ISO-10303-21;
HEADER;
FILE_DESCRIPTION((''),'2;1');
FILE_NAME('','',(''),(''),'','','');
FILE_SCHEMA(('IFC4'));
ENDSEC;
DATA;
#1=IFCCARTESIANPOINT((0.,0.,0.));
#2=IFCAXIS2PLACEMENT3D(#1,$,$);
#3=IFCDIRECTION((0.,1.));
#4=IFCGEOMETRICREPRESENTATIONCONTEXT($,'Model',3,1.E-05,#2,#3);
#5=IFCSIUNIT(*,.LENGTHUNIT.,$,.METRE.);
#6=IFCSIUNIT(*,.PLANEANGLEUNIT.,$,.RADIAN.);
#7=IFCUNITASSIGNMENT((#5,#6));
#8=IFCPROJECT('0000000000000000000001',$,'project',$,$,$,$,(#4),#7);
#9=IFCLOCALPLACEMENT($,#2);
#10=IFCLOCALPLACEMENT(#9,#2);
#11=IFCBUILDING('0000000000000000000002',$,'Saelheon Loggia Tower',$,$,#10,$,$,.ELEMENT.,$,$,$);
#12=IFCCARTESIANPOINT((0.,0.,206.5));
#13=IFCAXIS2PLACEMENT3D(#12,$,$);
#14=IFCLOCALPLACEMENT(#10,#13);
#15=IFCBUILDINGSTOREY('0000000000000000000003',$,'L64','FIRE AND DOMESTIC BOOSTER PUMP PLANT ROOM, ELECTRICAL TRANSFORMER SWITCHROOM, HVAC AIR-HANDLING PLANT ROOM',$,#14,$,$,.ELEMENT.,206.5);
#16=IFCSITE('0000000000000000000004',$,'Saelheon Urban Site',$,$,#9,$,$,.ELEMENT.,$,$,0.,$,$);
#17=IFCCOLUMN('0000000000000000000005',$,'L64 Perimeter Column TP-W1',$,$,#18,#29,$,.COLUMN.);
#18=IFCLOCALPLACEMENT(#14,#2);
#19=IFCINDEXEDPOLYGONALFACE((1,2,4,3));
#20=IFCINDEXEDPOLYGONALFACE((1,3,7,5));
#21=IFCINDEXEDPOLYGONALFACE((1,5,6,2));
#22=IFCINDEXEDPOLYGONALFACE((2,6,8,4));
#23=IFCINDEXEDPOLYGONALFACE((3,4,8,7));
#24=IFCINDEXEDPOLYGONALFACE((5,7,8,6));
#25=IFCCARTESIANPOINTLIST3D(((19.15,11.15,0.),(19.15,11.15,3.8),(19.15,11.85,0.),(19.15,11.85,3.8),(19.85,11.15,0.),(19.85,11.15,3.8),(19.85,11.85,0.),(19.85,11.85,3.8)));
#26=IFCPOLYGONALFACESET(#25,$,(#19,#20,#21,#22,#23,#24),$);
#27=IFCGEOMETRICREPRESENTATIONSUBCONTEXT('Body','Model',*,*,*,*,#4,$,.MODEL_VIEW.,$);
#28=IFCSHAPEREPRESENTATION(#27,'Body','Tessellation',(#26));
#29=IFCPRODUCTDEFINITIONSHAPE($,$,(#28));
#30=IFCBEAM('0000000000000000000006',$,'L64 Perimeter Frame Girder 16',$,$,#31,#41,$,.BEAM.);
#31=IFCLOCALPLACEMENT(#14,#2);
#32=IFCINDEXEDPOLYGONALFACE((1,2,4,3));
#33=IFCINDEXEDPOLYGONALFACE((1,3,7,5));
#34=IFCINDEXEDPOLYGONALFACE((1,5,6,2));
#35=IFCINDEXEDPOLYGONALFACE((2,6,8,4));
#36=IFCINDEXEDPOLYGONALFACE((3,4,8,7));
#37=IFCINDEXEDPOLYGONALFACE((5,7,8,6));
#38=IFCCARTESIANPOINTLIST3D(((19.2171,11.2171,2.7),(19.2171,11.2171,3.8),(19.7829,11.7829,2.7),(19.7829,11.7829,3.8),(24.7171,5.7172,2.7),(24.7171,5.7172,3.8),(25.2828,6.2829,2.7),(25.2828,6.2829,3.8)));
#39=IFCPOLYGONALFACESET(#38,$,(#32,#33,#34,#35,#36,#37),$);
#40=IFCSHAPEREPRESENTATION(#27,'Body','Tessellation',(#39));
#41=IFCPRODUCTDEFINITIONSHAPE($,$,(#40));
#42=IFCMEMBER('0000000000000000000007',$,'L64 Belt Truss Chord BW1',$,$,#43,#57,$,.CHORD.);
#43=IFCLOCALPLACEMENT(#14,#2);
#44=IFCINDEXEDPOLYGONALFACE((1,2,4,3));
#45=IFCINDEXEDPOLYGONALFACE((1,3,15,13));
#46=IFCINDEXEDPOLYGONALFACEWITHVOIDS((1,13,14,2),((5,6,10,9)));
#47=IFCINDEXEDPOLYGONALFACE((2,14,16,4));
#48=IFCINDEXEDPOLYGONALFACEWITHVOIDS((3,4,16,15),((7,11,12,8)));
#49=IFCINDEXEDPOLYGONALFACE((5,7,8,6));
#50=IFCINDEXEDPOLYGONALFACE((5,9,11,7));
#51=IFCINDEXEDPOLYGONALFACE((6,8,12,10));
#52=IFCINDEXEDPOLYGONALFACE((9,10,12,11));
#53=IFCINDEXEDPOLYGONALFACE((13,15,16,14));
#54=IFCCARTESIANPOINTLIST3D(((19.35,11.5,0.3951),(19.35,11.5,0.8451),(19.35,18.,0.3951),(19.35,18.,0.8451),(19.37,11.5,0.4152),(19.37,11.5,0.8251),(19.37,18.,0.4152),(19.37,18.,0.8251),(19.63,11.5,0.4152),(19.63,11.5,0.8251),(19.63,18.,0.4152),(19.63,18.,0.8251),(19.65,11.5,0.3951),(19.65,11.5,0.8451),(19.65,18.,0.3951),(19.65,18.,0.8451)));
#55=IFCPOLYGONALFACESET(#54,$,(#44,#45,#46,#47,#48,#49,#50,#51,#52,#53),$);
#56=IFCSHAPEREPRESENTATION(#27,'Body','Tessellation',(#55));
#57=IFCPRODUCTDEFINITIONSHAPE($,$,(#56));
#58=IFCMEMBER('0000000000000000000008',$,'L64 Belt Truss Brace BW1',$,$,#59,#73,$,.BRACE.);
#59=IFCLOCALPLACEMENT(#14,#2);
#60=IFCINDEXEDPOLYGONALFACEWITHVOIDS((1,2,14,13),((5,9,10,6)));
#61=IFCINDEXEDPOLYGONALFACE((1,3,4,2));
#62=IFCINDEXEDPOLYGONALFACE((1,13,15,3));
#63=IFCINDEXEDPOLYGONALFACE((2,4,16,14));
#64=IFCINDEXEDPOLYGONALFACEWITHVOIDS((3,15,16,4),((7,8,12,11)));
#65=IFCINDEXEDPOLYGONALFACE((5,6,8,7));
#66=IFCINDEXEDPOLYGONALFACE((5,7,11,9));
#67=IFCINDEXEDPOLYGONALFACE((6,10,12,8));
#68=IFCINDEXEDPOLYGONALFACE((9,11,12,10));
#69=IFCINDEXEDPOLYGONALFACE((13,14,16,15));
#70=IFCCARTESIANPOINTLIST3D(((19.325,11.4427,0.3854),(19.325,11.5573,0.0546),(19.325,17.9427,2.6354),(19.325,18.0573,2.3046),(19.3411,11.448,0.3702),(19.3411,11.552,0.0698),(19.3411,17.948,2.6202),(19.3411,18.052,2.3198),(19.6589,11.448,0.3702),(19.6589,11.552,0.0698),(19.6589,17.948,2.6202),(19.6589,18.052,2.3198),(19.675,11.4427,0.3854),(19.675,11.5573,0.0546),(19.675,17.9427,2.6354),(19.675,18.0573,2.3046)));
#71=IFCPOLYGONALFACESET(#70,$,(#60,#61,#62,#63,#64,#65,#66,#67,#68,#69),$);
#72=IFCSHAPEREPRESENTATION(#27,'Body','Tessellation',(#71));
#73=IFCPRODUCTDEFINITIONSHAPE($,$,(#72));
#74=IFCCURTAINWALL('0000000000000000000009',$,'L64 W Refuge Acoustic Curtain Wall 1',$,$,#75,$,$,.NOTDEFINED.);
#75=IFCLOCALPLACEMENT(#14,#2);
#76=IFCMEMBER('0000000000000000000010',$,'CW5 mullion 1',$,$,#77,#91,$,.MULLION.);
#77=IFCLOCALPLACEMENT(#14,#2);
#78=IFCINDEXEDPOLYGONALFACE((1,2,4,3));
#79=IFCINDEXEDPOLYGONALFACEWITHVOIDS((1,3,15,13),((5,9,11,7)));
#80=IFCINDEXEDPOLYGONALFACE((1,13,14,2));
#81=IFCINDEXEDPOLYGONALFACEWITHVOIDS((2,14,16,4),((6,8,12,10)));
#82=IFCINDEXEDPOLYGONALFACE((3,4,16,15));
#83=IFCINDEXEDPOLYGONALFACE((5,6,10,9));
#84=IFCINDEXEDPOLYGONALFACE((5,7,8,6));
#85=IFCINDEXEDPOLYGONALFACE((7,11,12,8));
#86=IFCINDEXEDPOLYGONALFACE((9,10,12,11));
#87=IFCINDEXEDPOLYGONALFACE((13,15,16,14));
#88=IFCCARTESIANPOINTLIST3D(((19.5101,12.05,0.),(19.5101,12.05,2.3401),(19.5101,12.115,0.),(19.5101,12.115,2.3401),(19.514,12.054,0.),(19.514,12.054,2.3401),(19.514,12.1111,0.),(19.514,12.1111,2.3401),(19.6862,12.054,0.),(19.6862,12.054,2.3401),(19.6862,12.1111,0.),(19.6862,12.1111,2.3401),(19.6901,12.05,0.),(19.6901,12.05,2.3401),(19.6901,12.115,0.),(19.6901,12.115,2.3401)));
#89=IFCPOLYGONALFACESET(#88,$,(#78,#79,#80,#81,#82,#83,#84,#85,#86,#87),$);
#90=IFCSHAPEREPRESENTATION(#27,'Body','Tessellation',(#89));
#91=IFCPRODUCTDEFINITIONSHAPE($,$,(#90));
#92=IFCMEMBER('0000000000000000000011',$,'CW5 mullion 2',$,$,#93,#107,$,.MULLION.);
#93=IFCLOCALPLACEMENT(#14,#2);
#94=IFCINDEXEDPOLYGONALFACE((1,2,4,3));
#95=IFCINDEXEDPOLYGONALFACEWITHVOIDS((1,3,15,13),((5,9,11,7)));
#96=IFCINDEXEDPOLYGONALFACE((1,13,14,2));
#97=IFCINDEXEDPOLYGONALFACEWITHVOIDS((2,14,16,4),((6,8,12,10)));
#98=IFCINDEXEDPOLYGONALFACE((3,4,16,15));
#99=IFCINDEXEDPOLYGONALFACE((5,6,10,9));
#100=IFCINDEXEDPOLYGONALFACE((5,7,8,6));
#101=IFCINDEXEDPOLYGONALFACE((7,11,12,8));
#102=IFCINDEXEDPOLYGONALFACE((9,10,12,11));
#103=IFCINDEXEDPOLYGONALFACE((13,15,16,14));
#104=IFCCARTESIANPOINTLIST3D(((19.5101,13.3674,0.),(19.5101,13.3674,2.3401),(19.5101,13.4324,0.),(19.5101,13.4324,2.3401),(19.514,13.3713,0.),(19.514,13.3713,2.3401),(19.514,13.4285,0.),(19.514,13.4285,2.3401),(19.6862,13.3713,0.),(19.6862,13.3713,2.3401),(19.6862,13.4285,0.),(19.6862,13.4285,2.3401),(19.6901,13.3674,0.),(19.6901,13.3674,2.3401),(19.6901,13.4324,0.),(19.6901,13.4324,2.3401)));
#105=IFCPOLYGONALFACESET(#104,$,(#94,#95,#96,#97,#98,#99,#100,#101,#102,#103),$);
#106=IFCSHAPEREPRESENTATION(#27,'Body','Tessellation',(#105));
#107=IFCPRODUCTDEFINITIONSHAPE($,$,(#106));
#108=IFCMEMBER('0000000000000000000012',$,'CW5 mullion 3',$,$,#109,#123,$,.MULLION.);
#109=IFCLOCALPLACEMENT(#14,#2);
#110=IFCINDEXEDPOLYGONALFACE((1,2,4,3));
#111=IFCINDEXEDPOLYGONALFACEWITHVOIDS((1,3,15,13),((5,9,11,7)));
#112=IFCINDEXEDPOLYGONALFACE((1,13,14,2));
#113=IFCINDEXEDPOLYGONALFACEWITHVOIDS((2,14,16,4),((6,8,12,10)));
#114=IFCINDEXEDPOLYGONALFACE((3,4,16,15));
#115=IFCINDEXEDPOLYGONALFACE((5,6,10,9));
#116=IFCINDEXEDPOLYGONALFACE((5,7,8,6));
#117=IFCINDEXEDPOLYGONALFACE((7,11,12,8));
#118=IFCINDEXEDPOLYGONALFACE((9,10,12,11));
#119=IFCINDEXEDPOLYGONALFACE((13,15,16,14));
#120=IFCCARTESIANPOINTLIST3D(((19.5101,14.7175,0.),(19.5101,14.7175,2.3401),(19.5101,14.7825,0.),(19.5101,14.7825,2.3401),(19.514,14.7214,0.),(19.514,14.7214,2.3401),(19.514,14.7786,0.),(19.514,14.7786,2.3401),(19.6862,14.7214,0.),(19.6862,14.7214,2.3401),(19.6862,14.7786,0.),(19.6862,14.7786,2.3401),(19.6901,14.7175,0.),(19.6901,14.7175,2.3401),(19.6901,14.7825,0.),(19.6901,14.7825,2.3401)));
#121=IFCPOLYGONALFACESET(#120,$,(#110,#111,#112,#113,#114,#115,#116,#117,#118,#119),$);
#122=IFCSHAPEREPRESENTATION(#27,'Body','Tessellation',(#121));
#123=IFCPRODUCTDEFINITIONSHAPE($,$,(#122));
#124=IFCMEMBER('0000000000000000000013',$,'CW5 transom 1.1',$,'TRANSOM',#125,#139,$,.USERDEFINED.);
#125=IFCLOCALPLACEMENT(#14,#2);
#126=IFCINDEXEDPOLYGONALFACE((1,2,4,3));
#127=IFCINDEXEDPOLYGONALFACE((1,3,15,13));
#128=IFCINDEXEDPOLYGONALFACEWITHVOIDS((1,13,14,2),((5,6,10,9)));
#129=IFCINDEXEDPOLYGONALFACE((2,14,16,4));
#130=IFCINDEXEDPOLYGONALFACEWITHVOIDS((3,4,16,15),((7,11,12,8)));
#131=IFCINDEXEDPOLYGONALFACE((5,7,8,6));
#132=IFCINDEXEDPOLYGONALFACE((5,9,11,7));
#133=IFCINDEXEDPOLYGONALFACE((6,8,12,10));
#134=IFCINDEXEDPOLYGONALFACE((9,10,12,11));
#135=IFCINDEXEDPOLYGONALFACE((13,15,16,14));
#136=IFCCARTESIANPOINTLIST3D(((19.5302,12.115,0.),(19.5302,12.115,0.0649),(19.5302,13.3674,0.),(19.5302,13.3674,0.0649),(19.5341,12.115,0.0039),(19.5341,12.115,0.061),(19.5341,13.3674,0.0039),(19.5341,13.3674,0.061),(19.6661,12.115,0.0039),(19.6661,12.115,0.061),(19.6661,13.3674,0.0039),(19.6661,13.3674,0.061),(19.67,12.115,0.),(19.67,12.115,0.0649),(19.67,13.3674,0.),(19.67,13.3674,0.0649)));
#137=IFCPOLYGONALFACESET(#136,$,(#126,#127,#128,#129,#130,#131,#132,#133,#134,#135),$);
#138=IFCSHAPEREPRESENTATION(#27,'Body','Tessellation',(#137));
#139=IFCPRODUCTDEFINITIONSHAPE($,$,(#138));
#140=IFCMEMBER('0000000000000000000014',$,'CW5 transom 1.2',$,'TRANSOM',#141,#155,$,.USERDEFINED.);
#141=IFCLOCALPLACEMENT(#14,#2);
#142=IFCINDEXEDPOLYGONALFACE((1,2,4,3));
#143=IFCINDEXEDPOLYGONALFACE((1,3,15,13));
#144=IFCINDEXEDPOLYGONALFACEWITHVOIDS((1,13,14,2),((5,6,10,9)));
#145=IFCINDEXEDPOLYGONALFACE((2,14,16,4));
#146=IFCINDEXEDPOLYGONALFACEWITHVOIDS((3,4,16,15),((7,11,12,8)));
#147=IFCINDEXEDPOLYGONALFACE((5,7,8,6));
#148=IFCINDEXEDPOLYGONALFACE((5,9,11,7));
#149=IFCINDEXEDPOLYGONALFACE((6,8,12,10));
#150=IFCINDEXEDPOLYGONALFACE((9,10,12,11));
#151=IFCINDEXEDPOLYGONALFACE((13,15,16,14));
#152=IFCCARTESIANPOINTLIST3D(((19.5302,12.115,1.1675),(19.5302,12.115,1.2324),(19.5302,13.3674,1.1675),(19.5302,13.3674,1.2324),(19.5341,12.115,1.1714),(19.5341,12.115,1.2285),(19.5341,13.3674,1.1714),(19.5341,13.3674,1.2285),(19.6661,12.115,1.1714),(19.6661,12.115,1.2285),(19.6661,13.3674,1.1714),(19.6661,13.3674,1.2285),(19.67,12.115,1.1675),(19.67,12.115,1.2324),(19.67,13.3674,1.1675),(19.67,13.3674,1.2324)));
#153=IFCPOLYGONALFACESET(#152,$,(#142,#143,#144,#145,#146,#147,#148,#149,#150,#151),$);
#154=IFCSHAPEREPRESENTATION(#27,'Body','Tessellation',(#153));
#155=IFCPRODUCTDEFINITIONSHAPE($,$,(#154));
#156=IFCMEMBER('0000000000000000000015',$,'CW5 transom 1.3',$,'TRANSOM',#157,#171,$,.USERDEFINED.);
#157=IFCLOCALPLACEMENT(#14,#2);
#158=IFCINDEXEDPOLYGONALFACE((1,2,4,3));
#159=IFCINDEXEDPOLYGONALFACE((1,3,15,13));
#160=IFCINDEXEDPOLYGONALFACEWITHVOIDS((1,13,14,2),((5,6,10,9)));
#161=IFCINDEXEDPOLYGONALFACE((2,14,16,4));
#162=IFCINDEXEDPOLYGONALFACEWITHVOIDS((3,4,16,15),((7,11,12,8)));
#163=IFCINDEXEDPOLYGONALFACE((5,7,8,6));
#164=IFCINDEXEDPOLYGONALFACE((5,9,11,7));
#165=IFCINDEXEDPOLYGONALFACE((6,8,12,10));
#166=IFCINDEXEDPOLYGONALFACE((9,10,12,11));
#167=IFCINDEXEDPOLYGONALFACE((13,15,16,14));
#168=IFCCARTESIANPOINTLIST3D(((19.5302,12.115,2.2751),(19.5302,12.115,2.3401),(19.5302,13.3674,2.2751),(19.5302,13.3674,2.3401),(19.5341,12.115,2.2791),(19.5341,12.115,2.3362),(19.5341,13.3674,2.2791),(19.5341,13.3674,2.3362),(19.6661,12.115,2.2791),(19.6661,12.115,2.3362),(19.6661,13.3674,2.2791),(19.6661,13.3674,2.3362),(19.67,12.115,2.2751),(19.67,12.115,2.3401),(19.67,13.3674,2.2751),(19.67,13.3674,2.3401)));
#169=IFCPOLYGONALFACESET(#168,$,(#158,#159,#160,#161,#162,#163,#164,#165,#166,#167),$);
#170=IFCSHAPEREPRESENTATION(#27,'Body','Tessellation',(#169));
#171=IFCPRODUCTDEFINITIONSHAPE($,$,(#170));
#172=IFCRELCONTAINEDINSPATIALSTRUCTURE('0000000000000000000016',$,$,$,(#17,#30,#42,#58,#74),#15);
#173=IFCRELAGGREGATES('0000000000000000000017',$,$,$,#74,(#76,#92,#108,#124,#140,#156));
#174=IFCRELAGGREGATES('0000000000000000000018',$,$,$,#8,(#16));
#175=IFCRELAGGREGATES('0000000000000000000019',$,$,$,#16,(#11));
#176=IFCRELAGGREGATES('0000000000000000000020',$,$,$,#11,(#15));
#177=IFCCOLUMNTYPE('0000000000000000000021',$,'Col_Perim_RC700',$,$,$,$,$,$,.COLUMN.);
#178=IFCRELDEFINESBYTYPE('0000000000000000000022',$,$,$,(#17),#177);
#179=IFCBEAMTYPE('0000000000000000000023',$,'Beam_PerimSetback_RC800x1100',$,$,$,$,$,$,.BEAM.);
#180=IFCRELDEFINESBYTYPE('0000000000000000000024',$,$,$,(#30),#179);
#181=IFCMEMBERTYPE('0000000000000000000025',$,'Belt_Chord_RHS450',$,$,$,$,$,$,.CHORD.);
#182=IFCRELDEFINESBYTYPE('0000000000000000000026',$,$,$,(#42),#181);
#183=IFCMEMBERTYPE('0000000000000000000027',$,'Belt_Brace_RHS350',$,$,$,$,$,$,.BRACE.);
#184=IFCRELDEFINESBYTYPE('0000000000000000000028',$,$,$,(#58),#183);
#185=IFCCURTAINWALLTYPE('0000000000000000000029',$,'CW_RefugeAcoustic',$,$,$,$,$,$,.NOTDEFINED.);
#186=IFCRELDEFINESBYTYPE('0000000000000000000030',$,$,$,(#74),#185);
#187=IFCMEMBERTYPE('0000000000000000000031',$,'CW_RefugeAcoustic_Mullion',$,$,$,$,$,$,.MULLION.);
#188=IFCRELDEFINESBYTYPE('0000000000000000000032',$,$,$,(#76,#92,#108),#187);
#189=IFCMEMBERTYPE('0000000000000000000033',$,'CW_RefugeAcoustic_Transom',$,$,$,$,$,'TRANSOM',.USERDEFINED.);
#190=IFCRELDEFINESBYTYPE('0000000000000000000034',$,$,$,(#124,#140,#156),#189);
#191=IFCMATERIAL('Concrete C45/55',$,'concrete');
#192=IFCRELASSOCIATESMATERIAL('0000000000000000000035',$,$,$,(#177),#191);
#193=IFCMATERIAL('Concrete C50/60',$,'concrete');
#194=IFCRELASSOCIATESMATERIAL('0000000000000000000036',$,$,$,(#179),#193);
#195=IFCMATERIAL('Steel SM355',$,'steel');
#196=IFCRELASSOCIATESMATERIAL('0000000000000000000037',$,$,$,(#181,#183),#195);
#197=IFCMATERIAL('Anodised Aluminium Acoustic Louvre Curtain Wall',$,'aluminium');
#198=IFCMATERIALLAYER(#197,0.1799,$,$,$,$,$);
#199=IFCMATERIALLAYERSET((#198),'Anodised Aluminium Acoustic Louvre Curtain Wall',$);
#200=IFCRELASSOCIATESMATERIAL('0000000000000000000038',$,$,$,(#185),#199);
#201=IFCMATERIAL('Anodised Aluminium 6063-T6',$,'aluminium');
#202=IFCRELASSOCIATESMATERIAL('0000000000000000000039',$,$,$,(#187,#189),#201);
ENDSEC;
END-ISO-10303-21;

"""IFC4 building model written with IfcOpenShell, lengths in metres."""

from ifc_helpers import new_model, si_unit, direction, frame, origin, origin_2d, place, context, subcontext, project, spatial, rectangle, hollow_rectangle, extrude, source, transform, mapped, material, layer, layer_set, material_profile, profile_set, type_object, element, aggregate, save


model = new_model("IFC4")

# Units and contexts
model_context = context("Model", 3, precision=1e-05, world=origin(), true_north=direction((0.0, 1.0)))
body_context = subcontext(model_context, "Body", "Model", "MODEL_VIEW")
ifc_project = project(units=[si_unit("LENGTHUNIT", "METRE"), si_unit("PLANEANGLEUNIT", "RADIAN")], contexts=[model_context])

# Site, building, storey
site_placement = place(None, origin())
site = spatial("IfcSite", under=ifc_project, at=site_placement, Name="Saelheon Urban Site", CompositionType="ELEMENT", RefElevation=0.0)
building_placement = place(site_placement, origin())
building = spatial("IfcBuilding", under=site, at=building_placement, Name="Saelheon Loggia Tower", CompositionType="ELEMENT")
storey_placement = place(building_placement, frame((0.0, 0.0, 206.5)))
storey = spatial("IfcBuildingStorey", under=building, at=storey_placement, Name="L64", Description="FIRE AND DOMESTIC BOOSTER PUMP PLANT ROOM, ELECTRICAL TRANSFORMER SWITCHROOM, HVAC AIR-HANDLING PLANT ROOM", CompositionType="ELEMENT", Elevation=206.5)

# Column
ifc_material_1 = material(Name="Concrete C45/55", Category="concrete")
ifc_material_profile_1 = material_profile(ifc_material_1, rectangle(XDim=0.7, YDim=0.7, at=origin_2d()), Name="RC-700x700")
ifc_profile_set_1 = profile_set([ifc_material_profile_1], Name="Concrete C45/55")
column_type = type_object("IfcColumnType", Name="Col_Perim_RC700", PredefinedType="COLUMN", material=ifc_profile_set_1)
shared_shape_1 = source(origin(), body_context, "Body", "SweptSolid", [
    extrude(rectangle(XDim=0.7, YDim=0.7, at=origin_2d()), origin(), (0.0, 0.0, 1.0), 3.8),
])
column_placement = place(storey_placement, frame((19.5, 11.5, 0.0), z_axis=(0.0, 0.0, 1.0), x_axis=(1.0, 0.0, 0.0)))
element("IfcColumn", 1, at=column_placement, inside=storey, type_object=column_type, Name="L64 Perimeter Column TP-W1", PredefinedType="COLUMN", context=body_context, shape_type="MappedRepresentation", body=[
    mapped(shared_shape_1, transform((0.0, 0.0, 0.0), scale=1.0)),
])

# Beam
ifc_material_2 = material(Name="Concrete C50/60", Category="concrete")
ifc_material_profile_2 = material_profile(ifc_material_2, rectangle(XDim=0.8, YDim=1.1001, at=origin_2d()), Name="RC-800x1100")
ifc_profile_set_2 = profile_set([ifc_material_profile_2], Name="Concrete C50/60")
beam_type = type_object("IfcBeamType", Name="Beam_PerimSetback_RC800x1100", PredefinedType="BEAM", material=ifc_profile_set_2)
shared_shape_2 = source(origin(), body_context, "Body", "SweptSolid", [
    extrude(rectangle(XDim=0.8, YDim=1.1001, at=origin_2d()), origin(), (0.0, 0.0, 1.0), 7.7781),
])
beam_placement = place(storey_placement, frame((19.5, 11.5, 3.25), z_axis=(0.707107, -0.707107, 0.0), x_axis=(0.707107, 0.707107, 0.0)))
element("IfcBeam", 2, at=beam_placement, inside=storey, type_object=beam_type, Name="L64 Perimeter Frame Girder 16", PredefinedType="BEAM", context=body_context, shape_type="MappedRepresentation", body=[
    mapped(shared_shape_2, transform((0.0, 0.0, 0.0), scale=1.0)),
])

# Members
ifc_material_3 = material(Name="Steel SM355", Category="steel")
ifc_material_profile_3 = material_profile(ifc_material_3, hollow_rectangle(XDim=0.3, YDim=0.45, WallThickness=0.02, at=origin_2d()), Name="RHS-450x300x20")
ifc_profile_set_3 = profile_set([ifc_material_profile_3], Name="Steel SM355")
member_type_1 = type_object("IfcMemberType", Name="Belt_Chord_RHS450", PredefinedType="CHORD", material=ifc_profile_set_3)
shared_shape_3 = source(origin(), body_context, "Body", "SweptSolid", [
    extrude(hollow_rectangle(XDim=0.3, YDim=0.45, WallThickness=0.02, at=origin_2d()), origin(), (0.0, 0.0, 1.0), 6.5),
])
member_1_placement = place(storey_placement, frame((19.5, 11.5, 0.6201), z_axis=(0.0, 1.0, 0.0), x_axis=(-1.0, 0.0, 0.0)))
element("IfcMember", 3, at=member_1_placement, inside=storey, type_object=member_type_1, Name="L64 Belt Truss Chord BW1", PredefinedType="CHORD", context=body_context, shape_type="MappedRepresentation", body=[
    mapped(shared_shape_3, transform((0.0, 0.0, 0.0), scale=1.0)),
])
ifc_material_profile_4 = material_profile(ifc_material_3, hollow_rectangle(XDim=0.3501, YDim=0.3501, WallThickness=0.0161, at=origin_2d()), Name="RHS-350x350x16")
ifc_profile_set_4 = profile_set([ifc_material_profile_4], Name="Steel SM355")
member_type_2 = type_object("IfcMemberType", Name="Belt_Brace_RHS350", PredefinedType="BRACE", material=ifc_profile_set_4)
shared_shape_4 = source(origin(), body_context, "Body", "SweptSolid", [
    extrude(hollow_rectangle(XDim=0.3501, YDim=0.3501, WallThickness=0.0161, at=origin_2d()), origin(), (0.0, 0.0, 1.0), 6.8784),
])
member_2_placement = place(storey_placement, frame((19.5, 11.5, 0.22), z_axis=(0.0, 0.944986, 0.327111), x_axis=(-1.0, 0.0, 0.0)))
element("IfcMember", 4, at=member_2_placement, inside=storey, type_object=member_type_2, Name="L64 Belt Truss Brace BW1", PredefinedType="BRACE", context=body_context, shape_type="MappedRepresentation", body=[
    mapped(shared_shape_4, transform((0.0, 0.0, 0.0), scale=1.0)),
])

# Curtain wall, members
ifc_material_4 = material(Name="Anodised Aluminium Acoustic Louvre Curtain Wall", Category="aluminium")
ifc_layer_1 = layer(ifc_material_4, 0.1799)
ifc_layer_set_1 = layer_set([ifc_layer_1], Name="Anodised Aluminium Acoustic Louvre Curtain Wall")
curtain_wall_type = type_object("IfcCurtainWallType", Name="CW_RefugeAcoustic", PredefinedType="NOTDEFINED", material=ifc_layer_set_1)
curtain_wall_placement = place(storey_placement, origin())
curtain_wall = element("IfcCurtainWall", 5, at=curtain_wall_placement, inside=storey, type_object=curtain_wall_type, Name="L64 W Refuge Acoustic Curtain Wall 1", PredefinedType="NOTDEFINED")
ifc_material_5 = material(Name="Anodised Aluminium 6063-T6", Category="aluminium")
ifc_material_profile_5 = material_profile(ifc_material_5, hollow_rectangle(XDim=0.0649, YDim=0.1799, WallThickness=0.0039, at=origin_2d()), Name="RHS-180x65x4")
ifc_profile_set_5 = profile_set([ifc_material_profile_5], Name="Anodised Aluminium 6063-T6")
member_type_3 = type_object("IfcMemberType", Name="CW_RefugeAcoustic_Mullion", PredefinedType="MULLION", material=ifc_profile_set_5)
shared_shape_5 = source(origin(), body_context, "Body", "SweptSolid", [
    extrude(hollow_rectangle(XDim=0.0649, YDim=0.1799, WallThickness=0.0039, at=origin_2d()), origin(), (0.0, 0.0, 1.0), 2.3401),
])
member_3_placement = place(storey_placement, frame((19.6001, 12.0825, 0.0), z_axis=(0.0, 0.0, 1.0), x_axis=(0.0, 1.0, 0.0)))
member_3 = element("IfcMember", 6, at=member_3_placement, type_object=member_type_3, Name="CW5 mullion 1", PredefinedType="MULLION", context=body_context, shape_type="MappedRepresentation", body=[
    mapped(shared_shape_5, transform((0.0, 0.0, 0.0), scale=1.0)),
])
member_4_placement = place(storey_placement, frame((19.6001, 13.3999, 0.0), z_axis=(0.0, 0.0, 1.0), x_axis=(0.0, 1.0, 0.0)))
member_4 = element("IfcMember", 7, at=member_4_placement, type_object=member_type_3, Name="CW5 mullion 2", PredefinedType="MULLION", context=body_context, shape_type="MappedRepresentation", body=[
    mapped(shared_shape_5, transform((0.0, 0.0, 0.0), scale=1.0)),
])
member_5_placement = place(storey_placement, frame((19.6001, 14.75, 0.0), z_axis=(0.0, 0.0, 1.0), x_axis=(0.0, 1.0, 0.0)))
member_5 = element("IfcMember", 8, at=member_5_placement, type_object=member_type_3, Name="CW5 mullion 3", PredefinedType="MULLION", context=body_context, shape_type="MappedRepresentation", body=[
    mapped(shared_shape_5, transform((0.0, 0.0, 0.0), scale=1.0)),
])
ifc_material_profile_6 = material_profile(ifc_material_5, hollow_rectangle(XDim=0.0649, YDim=0.1399, WallThickness=0.0039, at=origin_2d()), Name="RHS-140x65x4")
ifc_profile_set_6 = profile_set([ifc_material_profile_6], Name="Anodised Aluminium 6063-T6")
member_type_4 = type_object("IfcMemberType", Name="CW_RefugeAcoustic_Transom", ElementType="TRANSOM", PredefinedType="USERDEFINED", material=ifc_profile_set_6)
shared_shape_6 = source(origin(), body_context, "Body", "SweptSolid", [
    extrude(hollow_rectangle(XDim=0.0649, YDim=0.1399, WallThickness=0.0039, at=origin_2d()), origin(), (0.0, 0.0, 1.0), 1.2524),
])
member_6_placement = place(storey_placement, frame((19.6001, 12.115, 0.0325), z_axis=(0.0, 1.0, 0.0), x_axis=(0.0, 0.0, 1.0)))
member_6 = element("IfcMember", 9, at=member_6_placement, type_object=member_type_4, Name="CW5 transom 1.1", ObjectType="TRANSOM", PredefinedType="USERDEFINED", context=body_context, shape_type="MappedRepresentation", body=[
    mapped(shared_shape_6, transform((0.0, 0.0, 0.0), scale=1.0)),
])
member_7_placement = place(storey_placement, frame((19.6001, 12.115, 1.2), z_axis=(0.0, 1.0, 0.0), x_axis=(0.0, 0.0, 1.0)))
member_7 = element("IfcMember", 10, at=member_7_placement, type_object=member_type_4, Name="CW5 transom 1.2", ObjectType="TRANSOM", PredefinedType="USERDEFINED", context=body_context, shape_type="MappedRepresentation", body=[
    mapped(shared_shape_6, transform((0.0, 0.0, 0.0), scale=1.0)),
])
member_8_placement = place(storey_placement, frame((19.6001, 12.115, 2.3076), z_axis=(0.0, 1.0, 0.0), x_axis=(0.0, 0.0, 1.0)))
member_8 = element("IfcMember", 11, at=member_8_placement, type_object=member_type_4, Name="CW5 transom 1.3", ObjectType="TRANSOM", PredefinedType="USERDEFINED", context=body_context, shape_type="MappedRepresentation", body=[
    mapped(shared_shape_6, transform((0.0, 0.0, 0.0), scale=1.0)),
])

aggregate(curtain_wall, [member_3, member_4, member_5, member_6, member_7, member_8])

save(model, "model.ifc")
